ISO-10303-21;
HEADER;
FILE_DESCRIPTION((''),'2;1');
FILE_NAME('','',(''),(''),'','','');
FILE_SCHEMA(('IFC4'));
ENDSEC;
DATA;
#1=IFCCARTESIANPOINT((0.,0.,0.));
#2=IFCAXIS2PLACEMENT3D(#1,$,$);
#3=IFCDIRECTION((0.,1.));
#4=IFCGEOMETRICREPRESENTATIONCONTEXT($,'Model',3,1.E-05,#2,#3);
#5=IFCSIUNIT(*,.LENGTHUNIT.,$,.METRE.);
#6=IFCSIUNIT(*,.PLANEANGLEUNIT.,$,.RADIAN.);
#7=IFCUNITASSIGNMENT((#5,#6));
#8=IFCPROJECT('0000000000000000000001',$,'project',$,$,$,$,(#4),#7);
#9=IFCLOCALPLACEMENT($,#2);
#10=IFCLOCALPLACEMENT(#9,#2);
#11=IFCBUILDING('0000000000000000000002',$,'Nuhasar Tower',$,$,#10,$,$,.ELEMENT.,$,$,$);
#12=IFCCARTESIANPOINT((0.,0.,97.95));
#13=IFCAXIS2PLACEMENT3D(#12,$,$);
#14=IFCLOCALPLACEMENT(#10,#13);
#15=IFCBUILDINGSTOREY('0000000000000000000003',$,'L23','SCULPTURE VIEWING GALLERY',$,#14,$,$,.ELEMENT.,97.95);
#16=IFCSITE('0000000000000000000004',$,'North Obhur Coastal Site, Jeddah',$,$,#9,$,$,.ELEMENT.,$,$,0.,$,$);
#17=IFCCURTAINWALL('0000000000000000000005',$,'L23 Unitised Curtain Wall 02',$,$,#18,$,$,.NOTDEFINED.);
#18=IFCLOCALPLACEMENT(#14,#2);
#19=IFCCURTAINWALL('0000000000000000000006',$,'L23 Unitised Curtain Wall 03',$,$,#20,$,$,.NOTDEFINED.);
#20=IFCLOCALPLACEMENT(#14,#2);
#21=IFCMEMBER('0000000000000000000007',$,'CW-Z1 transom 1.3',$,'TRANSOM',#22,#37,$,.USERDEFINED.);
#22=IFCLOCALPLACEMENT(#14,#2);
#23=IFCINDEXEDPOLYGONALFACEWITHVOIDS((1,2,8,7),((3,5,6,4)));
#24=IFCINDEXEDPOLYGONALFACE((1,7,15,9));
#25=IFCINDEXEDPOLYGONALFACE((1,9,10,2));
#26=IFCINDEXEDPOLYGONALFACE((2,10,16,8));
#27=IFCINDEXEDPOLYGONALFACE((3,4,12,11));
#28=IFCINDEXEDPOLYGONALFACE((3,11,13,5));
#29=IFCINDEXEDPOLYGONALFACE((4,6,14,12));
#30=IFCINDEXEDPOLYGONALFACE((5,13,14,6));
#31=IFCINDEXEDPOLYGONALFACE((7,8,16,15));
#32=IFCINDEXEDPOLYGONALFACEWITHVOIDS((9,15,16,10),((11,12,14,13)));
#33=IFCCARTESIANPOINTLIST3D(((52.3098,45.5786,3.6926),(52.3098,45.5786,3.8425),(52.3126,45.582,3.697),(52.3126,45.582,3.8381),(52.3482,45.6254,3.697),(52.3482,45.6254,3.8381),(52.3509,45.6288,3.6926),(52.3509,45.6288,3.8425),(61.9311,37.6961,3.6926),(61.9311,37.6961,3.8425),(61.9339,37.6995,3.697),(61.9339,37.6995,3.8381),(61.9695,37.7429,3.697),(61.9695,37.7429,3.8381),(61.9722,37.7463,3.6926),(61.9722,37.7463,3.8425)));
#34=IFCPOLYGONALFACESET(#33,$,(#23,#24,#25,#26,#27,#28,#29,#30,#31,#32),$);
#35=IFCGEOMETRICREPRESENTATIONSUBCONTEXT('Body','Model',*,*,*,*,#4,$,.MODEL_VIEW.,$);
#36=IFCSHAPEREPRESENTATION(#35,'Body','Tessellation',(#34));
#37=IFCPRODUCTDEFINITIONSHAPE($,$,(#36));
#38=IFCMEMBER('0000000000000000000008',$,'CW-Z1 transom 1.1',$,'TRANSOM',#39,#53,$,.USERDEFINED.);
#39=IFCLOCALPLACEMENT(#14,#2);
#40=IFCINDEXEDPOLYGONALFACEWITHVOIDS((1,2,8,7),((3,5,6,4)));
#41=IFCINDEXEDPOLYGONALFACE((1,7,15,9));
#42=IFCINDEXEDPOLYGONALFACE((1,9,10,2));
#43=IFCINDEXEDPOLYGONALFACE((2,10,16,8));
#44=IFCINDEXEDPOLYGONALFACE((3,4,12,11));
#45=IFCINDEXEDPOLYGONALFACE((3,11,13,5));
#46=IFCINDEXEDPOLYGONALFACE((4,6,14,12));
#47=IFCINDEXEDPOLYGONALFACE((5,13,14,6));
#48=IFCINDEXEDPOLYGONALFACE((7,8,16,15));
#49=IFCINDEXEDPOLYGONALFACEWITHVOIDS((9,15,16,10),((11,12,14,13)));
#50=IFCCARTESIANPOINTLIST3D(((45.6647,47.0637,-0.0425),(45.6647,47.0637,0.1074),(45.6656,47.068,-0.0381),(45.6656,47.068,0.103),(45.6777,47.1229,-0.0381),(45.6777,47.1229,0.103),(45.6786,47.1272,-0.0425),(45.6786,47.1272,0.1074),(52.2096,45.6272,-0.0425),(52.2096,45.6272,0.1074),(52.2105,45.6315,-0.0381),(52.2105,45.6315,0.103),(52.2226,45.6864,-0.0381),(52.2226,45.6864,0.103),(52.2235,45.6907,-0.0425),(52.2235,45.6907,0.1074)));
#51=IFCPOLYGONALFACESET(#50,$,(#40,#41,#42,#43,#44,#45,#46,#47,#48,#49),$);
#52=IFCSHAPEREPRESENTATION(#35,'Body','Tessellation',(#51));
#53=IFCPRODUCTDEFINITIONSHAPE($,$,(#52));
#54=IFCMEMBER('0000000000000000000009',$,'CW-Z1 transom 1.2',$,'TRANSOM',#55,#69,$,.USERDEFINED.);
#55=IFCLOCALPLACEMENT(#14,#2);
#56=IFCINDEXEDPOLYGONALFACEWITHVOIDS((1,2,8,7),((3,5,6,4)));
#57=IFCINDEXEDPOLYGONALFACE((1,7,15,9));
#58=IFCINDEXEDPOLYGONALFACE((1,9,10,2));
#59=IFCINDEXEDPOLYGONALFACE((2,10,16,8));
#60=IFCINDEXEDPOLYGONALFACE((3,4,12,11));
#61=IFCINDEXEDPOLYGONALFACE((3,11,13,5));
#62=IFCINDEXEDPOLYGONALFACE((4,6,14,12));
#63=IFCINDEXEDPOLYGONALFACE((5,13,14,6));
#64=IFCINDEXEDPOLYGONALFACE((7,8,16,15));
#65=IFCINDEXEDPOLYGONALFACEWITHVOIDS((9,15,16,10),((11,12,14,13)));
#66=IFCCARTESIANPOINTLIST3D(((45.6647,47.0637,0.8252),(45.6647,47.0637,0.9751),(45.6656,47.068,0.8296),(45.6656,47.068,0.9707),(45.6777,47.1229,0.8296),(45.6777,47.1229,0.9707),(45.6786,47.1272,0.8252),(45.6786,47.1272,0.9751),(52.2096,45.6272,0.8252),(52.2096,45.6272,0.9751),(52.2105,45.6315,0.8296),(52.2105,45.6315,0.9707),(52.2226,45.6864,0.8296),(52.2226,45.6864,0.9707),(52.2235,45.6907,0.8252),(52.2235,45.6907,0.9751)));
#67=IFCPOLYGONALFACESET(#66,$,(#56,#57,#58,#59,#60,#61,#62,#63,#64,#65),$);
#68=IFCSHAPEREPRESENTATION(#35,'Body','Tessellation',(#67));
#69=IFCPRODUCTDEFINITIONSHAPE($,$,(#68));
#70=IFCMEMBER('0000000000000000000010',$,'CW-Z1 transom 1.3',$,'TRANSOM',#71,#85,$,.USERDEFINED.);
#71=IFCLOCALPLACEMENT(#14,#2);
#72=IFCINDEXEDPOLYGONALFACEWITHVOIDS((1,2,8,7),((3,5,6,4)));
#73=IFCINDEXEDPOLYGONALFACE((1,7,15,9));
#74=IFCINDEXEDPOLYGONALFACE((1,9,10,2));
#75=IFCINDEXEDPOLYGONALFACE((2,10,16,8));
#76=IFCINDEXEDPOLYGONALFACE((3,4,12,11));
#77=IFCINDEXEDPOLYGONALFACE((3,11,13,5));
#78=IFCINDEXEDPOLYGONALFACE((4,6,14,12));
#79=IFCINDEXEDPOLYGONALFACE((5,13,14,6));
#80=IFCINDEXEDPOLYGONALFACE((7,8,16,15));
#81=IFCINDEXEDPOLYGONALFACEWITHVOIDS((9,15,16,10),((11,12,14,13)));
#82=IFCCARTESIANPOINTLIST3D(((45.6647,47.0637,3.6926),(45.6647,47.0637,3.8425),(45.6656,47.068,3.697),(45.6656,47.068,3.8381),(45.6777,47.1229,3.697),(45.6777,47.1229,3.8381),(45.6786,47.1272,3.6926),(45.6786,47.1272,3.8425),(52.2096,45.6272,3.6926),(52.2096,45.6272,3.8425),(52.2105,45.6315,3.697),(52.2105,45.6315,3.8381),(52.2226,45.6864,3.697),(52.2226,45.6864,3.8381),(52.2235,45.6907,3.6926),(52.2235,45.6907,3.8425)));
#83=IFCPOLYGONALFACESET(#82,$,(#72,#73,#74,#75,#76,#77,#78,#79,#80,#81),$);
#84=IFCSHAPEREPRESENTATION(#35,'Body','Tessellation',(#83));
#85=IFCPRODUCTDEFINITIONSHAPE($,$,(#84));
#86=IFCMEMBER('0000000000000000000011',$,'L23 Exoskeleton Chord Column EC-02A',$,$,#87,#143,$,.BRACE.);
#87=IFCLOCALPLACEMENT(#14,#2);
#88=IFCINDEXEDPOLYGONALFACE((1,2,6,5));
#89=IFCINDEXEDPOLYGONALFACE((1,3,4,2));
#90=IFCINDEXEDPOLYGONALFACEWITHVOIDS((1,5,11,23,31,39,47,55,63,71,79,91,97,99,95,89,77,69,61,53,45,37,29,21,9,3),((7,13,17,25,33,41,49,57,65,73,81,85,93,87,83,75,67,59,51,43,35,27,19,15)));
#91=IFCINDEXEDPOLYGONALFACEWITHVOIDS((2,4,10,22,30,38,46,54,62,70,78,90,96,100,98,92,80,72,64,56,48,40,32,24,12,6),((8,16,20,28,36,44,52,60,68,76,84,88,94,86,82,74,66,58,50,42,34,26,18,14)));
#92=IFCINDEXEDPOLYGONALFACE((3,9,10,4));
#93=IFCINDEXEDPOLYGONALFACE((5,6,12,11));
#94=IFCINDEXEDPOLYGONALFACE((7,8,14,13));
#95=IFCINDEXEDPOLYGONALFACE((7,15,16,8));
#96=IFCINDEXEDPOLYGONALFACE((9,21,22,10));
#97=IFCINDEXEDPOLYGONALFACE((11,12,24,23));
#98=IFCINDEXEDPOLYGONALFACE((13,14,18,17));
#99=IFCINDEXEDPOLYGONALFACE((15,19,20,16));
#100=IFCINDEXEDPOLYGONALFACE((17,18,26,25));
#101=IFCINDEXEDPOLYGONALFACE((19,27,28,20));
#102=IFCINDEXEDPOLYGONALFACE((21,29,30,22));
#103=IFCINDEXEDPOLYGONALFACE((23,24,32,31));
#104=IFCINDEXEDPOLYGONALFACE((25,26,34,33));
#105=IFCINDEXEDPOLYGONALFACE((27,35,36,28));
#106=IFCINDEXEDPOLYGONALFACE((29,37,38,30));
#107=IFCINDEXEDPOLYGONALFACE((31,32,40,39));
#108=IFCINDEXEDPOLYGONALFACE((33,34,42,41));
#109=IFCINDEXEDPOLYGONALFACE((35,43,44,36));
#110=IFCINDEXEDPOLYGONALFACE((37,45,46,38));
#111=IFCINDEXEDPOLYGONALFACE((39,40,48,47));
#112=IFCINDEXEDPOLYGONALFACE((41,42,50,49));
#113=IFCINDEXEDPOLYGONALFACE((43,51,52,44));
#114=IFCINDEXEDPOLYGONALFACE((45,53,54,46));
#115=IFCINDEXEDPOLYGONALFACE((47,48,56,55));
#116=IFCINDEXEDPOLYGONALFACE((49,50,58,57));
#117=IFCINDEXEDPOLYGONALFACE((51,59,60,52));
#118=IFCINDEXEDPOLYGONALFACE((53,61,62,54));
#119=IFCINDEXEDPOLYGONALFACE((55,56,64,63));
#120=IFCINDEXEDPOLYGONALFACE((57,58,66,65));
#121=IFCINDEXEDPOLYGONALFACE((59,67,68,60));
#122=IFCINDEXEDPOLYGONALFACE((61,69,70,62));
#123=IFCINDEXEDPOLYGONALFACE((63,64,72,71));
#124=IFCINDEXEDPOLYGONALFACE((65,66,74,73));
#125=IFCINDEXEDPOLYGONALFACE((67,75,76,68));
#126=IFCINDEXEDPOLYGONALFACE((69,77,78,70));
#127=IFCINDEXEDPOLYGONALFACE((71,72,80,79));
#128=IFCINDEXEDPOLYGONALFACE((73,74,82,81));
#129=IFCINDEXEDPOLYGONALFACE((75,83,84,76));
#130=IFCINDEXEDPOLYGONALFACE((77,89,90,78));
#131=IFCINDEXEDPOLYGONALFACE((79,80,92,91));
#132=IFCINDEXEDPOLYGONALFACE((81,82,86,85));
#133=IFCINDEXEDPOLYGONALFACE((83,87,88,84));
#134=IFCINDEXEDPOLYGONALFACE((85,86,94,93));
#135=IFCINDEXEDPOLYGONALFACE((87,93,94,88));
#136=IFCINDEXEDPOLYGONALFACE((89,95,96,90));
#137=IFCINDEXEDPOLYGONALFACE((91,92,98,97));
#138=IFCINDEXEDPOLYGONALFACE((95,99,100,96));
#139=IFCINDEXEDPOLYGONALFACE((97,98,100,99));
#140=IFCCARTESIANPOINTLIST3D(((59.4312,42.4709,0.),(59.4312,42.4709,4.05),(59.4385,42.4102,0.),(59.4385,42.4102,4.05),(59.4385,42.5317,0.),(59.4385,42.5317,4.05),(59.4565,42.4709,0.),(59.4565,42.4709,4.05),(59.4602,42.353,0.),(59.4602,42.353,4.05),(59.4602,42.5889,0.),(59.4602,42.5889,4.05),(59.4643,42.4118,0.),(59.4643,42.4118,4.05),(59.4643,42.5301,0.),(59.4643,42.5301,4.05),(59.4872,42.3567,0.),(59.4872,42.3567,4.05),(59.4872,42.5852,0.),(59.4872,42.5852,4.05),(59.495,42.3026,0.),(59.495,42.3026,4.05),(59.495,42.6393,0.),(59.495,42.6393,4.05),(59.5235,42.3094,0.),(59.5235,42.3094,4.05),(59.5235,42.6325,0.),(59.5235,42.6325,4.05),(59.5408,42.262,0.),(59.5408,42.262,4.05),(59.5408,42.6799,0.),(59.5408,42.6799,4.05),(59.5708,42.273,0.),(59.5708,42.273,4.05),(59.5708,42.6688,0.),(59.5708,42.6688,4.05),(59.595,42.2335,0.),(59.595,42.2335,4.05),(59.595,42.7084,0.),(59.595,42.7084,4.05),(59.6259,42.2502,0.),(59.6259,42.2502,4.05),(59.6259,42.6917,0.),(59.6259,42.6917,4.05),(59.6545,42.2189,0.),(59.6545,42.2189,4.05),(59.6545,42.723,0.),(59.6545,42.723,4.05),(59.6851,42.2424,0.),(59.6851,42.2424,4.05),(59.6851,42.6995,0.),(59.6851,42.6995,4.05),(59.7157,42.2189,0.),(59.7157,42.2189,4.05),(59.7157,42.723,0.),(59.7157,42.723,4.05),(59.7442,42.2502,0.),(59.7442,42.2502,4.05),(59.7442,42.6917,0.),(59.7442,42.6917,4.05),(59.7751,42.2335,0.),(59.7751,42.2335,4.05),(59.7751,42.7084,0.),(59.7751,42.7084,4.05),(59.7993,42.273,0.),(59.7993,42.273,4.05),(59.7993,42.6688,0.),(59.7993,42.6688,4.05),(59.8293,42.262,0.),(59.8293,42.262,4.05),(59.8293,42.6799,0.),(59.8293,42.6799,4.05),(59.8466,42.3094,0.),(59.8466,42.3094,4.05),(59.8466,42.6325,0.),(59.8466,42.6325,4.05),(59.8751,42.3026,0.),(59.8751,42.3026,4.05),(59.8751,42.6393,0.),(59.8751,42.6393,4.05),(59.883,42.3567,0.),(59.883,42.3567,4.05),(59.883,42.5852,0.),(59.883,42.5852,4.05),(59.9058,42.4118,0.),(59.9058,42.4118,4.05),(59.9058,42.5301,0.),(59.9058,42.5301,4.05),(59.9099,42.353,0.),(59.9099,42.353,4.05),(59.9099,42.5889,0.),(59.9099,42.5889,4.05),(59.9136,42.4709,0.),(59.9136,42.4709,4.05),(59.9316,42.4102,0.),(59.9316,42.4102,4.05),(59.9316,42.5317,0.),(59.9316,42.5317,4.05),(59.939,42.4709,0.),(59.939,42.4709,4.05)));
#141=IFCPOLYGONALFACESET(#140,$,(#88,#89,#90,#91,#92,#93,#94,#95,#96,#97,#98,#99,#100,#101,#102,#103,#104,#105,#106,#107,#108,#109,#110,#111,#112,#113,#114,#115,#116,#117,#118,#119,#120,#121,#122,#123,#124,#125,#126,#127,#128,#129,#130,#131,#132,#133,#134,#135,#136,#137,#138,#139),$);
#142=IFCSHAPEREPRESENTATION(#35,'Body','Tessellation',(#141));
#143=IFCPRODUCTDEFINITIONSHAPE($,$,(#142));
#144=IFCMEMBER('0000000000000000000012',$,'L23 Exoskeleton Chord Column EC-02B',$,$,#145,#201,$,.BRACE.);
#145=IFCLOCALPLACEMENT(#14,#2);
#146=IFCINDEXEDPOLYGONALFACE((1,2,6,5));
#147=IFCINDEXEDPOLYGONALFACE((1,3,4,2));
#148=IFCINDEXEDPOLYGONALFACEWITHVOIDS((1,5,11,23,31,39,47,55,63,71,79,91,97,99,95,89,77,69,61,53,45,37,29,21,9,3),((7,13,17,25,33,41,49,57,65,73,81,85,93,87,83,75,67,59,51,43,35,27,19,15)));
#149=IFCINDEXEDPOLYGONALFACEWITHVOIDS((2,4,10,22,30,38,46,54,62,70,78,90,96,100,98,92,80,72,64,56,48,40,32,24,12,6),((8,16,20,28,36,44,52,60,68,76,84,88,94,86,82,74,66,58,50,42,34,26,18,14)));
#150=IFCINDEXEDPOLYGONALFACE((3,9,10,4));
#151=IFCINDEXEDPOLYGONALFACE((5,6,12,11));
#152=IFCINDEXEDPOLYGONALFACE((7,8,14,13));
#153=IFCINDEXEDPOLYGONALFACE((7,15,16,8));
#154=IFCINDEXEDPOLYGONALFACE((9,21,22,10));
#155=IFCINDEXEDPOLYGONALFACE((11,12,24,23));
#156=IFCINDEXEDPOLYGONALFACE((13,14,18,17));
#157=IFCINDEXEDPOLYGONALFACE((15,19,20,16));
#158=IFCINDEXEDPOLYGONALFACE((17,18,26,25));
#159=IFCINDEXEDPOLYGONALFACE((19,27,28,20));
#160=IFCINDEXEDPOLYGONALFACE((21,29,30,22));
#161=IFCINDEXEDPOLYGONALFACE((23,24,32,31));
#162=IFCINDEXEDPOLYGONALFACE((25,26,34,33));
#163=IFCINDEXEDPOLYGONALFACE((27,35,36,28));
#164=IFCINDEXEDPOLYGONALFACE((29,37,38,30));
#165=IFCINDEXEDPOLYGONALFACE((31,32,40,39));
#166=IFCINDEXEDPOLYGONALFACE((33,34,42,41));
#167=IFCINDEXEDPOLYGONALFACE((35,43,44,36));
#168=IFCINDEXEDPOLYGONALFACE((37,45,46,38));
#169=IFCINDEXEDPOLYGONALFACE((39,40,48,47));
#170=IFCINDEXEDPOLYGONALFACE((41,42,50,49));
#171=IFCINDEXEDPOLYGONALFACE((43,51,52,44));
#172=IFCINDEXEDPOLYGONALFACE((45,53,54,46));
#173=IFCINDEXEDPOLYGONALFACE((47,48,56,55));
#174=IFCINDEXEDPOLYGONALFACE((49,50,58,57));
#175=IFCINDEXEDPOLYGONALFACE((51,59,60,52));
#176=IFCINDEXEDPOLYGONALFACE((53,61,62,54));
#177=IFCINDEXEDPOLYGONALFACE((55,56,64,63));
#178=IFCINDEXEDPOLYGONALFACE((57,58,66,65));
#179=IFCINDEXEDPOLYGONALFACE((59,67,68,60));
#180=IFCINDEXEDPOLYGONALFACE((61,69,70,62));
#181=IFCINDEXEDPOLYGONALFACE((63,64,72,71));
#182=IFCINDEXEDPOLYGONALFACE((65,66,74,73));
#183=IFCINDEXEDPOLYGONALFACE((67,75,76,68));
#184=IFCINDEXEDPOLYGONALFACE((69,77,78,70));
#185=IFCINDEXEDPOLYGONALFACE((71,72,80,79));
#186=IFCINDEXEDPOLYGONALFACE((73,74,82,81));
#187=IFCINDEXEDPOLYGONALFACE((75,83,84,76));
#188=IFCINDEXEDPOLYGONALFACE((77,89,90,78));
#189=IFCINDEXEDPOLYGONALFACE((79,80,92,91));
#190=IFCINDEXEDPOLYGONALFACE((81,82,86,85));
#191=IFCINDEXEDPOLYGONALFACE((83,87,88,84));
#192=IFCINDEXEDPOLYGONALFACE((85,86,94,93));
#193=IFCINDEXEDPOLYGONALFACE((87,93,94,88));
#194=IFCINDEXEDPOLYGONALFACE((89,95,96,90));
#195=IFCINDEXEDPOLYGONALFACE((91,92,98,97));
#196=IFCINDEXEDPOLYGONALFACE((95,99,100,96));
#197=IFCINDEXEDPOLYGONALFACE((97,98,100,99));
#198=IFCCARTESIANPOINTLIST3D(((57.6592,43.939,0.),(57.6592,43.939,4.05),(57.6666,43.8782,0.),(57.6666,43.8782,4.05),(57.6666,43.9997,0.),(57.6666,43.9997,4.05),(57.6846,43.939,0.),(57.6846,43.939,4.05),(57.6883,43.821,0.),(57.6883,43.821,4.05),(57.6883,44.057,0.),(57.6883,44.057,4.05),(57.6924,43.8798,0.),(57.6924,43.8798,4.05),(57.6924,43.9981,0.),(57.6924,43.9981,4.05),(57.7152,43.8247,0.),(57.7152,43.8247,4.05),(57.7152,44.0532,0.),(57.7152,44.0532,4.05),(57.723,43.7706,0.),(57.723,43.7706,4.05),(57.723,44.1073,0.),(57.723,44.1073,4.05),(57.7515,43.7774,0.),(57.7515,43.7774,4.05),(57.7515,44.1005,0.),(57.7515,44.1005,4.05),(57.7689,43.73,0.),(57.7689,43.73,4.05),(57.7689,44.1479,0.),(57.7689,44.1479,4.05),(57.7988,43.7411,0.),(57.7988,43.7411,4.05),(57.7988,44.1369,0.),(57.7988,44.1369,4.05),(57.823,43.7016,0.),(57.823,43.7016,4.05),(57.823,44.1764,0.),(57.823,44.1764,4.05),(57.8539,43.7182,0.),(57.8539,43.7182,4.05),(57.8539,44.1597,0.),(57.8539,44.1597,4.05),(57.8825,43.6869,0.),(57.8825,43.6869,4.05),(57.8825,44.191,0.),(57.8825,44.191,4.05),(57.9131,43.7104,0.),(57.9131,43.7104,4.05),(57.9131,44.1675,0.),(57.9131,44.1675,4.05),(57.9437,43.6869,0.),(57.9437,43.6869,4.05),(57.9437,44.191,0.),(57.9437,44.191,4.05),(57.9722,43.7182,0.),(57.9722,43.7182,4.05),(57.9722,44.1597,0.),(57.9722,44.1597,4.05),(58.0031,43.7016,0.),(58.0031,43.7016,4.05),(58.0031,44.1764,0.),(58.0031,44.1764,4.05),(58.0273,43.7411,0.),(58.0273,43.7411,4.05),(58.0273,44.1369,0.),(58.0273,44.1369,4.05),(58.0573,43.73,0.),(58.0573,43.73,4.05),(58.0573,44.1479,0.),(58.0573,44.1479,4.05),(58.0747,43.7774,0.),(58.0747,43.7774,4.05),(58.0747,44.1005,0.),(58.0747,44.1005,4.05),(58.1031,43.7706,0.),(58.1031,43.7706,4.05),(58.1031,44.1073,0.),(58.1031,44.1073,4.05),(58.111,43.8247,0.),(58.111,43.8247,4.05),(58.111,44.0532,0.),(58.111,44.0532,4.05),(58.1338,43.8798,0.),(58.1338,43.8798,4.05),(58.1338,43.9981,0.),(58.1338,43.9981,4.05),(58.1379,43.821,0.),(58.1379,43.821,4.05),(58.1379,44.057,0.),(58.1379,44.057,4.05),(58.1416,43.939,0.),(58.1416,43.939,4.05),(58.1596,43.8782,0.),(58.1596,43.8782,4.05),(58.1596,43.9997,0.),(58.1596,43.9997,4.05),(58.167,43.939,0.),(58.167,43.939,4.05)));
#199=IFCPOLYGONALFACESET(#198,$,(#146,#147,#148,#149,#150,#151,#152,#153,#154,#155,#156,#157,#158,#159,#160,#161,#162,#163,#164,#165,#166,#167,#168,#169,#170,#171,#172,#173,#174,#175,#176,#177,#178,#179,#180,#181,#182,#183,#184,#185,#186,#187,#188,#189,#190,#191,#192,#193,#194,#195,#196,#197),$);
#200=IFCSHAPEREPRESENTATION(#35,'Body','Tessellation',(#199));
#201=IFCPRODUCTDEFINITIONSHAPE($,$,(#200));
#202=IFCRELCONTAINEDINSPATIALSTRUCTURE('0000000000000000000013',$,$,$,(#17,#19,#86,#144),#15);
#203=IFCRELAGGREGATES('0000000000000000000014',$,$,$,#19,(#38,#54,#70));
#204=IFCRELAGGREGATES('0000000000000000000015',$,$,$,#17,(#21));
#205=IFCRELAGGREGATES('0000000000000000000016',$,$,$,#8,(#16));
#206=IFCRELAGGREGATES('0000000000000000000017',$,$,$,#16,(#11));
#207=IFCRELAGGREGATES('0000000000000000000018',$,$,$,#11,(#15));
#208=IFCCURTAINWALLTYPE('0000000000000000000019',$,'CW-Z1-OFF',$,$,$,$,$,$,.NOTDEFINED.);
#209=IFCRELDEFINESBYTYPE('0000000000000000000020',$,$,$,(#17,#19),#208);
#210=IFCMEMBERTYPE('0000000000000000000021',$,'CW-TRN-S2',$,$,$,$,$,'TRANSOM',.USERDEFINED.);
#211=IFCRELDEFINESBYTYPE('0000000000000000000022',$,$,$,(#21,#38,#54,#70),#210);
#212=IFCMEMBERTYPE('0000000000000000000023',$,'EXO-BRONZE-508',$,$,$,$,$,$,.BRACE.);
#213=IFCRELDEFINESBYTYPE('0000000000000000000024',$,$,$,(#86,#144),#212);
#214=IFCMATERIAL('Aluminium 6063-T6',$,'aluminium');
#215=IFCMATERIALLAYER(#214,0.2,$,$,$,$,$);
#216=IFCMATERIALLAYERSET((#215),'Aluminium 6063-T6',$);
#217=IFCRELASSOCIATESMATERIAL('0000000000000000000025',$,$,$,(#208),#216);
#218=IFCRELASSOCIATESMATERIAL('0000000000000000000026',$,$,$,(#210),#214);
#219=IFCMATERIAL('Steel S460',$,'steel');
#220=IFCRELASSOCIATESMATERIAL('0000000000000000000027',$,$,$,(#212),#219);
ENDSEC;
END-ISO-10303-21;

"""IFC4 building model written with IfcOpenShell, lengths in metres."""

from ifc_helpers import new_model, si_unit, direction, frame, origin, origin_2d, place, context, subcontext, project, spatial, hollow_rectangle, hollow_circle, extrude, material, layer, layer_set, material_profile, profile_set, type_object, element, aggregate, save


model = new_model("IFC4")

# Units and contexts
model_context = context("Model", 3, precision=1e-05, world=origin(), true_north=direction((0.0, 1.0)))
body_context = subcontext(model_context, "Body", "Model", "MODEL_VIEW")
ifc_project = project(units=[si_unit("LENGTHUNIT", "METRE"), si_unit("PLANEANGLEUNIT", "RADIAN")], contexts=[model_context])

# Site, building, storey
site_placement = place(None, origin())
site = spatial("IfcSite", under=ifc_project, at=site_placement, Name="North Obhur Coastal Site, Jeddah", CompositionType="ELEMENT", RefElevation=0.0)
building_placement = place(site_placement, origin())
building = spatial("IfcBuilding", under=site, at=building_placement, Name="Nuhasar Tower", CompositionType="ELEMENT")
storey_placement = place(building_placement, frame((0.0, 0.0, 97.95)))
storey = spatial("IfcBuildingStorey", under=building, at=storey_placement, Name="L23", Description="SCULPTURE VIEWING GALLERY", CompositionType="ELEMENT", Elevation=97.95)

# Shared definitions
ifc_material_1 = material(Name="Aluminium 6063-T6", Category="aluminium")
ifc_layer_1 = layer(ifc_material_1, 0.2)
ifc_layer_set_1 = layer_set([ifc_layer_1], Name="Aluminium 6063-T6")
curtain_wall_type = type_object("IfcCurtainWallType", Name="CW-Z1-OFF", PredefinedType="NOTDEFINED", material=ifc_layer_set_1)

# Curtain wall
curtain_wall_1_placement = place(storey_placement, origin())
curtain_wall_1 = element("IfcCurtainWall", 1, at=curtain_wall_1_placement, inside=storey, type_object=curtain_wall_type, Name="L23 Unitised Curtain Wall 02", PredefinedType="NOTDEFINED")

# Curtain wall
curtain_wall_2_placement = place(storey_placement, origin())
curtain_wall_2 = element("IfcCurtainWall", 2, at=curtain_wall_2_placement, inside=storey, type_object=curtain_wall_type, Name="L23 Unitised Curtain Wall 03", PredefinedType="NOTDEFINED")

# Members
ifc_material_profile_1 = material_profile(ifc_material_1, hollow_rectangle(XDim=0.0649, YDim=0.1499, WallThickness=0.0044, at=origin_2d()), Name="CWT-2")
ifc_profile_set_1 = profile_set([ifc_material_profile_1], Name="Aluminium 6063-T6")
member_type_1 = type_object("IfcMemberType", Name="CW-TRN-S2", ElementType="TRANSOM", PredefinedType="USERDEFINED", material=ifc_profile_set_1)
member_1_placement = place(storey_placement, frame((61.9517, 37.7212, 3.7676), z_axis=(-0.773541, 0.633746, 0.0), x_axis=(-0.633746, -0.773541, 0.0)))
member_1 = element("IfcMember", 3, at=member_1_placement, type_object=member_type_1, Name="CW-Z1 transom 1.3", ObjectType="TRANSOM", PredefinedType="USERDEFINED", context=body_context, shape_type="SweptSolid", body=[
    extrude(hollow_rectangle(XDim=0.0649, YDim=0.1499, WallThickness=0.0044, at=origin_2d()), origin(), (0.0, 0.0, 1.0), 12.438),
])
member_2_placement = place(storey_placement, frame((52.2166, 45.6589, 0.0325), z_axis=(-0.97675, 0.214384, 0.0), x_axis=(-0.214384, -0.97675, 0.0)))
member_2 = element("IfcMember", 4, at=member_2_placement, type_object=member_type_1, Name="CW-Z1 transom 1.1", ObjectType="TRANSOM", PredefinedType="USERDEFINED", context=body_context, shape_type="SweptSolid", body=[
    extrude(hollow_rectangle(XDim=0.0649, YDim=0.1499, WallThickness=0.0044, at=origin_2d()), origin(), (0.0, 0.0, 1.0), 6.7007),
])
member_3_placement = place(storey_placement, frame((52.2166, 45.6589, 0.9001), z_axis=(-0.97675, 0.214384, 0.0), x_axis=(-0.214384, -0.97675, 0.0)))
member_3 = element("IfcMember", 5, at=member_3_placement, type_object=member_type_1, Name="CW-Z1 transom 1.2", ObjectType="TRANSOM", PredefinedType="USERDEFINED", context=body_context, shape_type="SweptSolid", body=[
    extrude(hollow_rectangle(XDim=0.0649, YDim=0.1499, WallThickness=0.0044, at=origin_2d()), origin(), (0.0, 0.0, 1.0), 6.7007),
])
member_4_placement = place(storey_placement, frame((52.2166, 45.6589, 3.7676), z_axis=(-0.97675, 0.214384, 0.0), x_axis=(-0.214384, -0.97675, 0.0)))
member_4 = element("IfcMember", 6, at=member_4_placement, type_object=member_type_1, Name="CW-Z1 transom 1.3", ObjectType="TRANSOM", PredefinedType="USERDEFINED", context=body_context, shape_type="SweptSolid", body=[
    extrude(hollow_rectangle(XDim=0.0649, YDim=0.1499, WallThickness=0.0044, at=origin_2d()), origin(), (0.0, 0.0, 1.0), 6.7007),
])
aggregate(curtain_wall_2, [member_2, member_3, member_4])

# Members
ifc_material_2 = material(Name="Steel S460", Category="steel")
ifc_material_profile_2 = material_profile(ifc_material_2, hollow_circle(Radius=0.2539, WallThickness=0.0254, at=origin_2d()), Name="HSS508X25.4")
ifc_profile_set_2 = profile_set([ifc_material_profile_2], Name="Steel S460")
member_type_2 = type_object("IfcMemberType", Name="EXO-BRONZE-508", PredefinedType="BRACE", material=ifc_profile_set_2)
for number, where, z_axis, x_axis, name in (
    (7, (59.6851, 42.4709, 0.0), (0.0, 0.0, 1.0), (1.0, 0.0, 0.0), "L23 Exoskeleton Chord Column EC-02A"),
    (8, (57.9131, 43.939, 0.0), (0.0, 0.0, 1.0), (1.0, 0.0, 0.0), "L23 Exoskeleton Chord Column EC-02B"),
):
    element("IfcMember", number, at=place(storey_placement, frame(where, z_axis=z_axis, x_axis=x_axis)), inside=storey, type_object=member_type_2, Name=name, PredefinedType="BRACE", context=body_context, shape_type="SweptSolid", body=[
        extrude(hollow_circle(Radius=0.2539, WallThickness=0.0254, at=origin_2d()), origin(), (0.0, 0.0, 1.0), 4.05),
    ])

aggregate(curtain_wall_1, [member_1])

save(model, "model.ifc")
